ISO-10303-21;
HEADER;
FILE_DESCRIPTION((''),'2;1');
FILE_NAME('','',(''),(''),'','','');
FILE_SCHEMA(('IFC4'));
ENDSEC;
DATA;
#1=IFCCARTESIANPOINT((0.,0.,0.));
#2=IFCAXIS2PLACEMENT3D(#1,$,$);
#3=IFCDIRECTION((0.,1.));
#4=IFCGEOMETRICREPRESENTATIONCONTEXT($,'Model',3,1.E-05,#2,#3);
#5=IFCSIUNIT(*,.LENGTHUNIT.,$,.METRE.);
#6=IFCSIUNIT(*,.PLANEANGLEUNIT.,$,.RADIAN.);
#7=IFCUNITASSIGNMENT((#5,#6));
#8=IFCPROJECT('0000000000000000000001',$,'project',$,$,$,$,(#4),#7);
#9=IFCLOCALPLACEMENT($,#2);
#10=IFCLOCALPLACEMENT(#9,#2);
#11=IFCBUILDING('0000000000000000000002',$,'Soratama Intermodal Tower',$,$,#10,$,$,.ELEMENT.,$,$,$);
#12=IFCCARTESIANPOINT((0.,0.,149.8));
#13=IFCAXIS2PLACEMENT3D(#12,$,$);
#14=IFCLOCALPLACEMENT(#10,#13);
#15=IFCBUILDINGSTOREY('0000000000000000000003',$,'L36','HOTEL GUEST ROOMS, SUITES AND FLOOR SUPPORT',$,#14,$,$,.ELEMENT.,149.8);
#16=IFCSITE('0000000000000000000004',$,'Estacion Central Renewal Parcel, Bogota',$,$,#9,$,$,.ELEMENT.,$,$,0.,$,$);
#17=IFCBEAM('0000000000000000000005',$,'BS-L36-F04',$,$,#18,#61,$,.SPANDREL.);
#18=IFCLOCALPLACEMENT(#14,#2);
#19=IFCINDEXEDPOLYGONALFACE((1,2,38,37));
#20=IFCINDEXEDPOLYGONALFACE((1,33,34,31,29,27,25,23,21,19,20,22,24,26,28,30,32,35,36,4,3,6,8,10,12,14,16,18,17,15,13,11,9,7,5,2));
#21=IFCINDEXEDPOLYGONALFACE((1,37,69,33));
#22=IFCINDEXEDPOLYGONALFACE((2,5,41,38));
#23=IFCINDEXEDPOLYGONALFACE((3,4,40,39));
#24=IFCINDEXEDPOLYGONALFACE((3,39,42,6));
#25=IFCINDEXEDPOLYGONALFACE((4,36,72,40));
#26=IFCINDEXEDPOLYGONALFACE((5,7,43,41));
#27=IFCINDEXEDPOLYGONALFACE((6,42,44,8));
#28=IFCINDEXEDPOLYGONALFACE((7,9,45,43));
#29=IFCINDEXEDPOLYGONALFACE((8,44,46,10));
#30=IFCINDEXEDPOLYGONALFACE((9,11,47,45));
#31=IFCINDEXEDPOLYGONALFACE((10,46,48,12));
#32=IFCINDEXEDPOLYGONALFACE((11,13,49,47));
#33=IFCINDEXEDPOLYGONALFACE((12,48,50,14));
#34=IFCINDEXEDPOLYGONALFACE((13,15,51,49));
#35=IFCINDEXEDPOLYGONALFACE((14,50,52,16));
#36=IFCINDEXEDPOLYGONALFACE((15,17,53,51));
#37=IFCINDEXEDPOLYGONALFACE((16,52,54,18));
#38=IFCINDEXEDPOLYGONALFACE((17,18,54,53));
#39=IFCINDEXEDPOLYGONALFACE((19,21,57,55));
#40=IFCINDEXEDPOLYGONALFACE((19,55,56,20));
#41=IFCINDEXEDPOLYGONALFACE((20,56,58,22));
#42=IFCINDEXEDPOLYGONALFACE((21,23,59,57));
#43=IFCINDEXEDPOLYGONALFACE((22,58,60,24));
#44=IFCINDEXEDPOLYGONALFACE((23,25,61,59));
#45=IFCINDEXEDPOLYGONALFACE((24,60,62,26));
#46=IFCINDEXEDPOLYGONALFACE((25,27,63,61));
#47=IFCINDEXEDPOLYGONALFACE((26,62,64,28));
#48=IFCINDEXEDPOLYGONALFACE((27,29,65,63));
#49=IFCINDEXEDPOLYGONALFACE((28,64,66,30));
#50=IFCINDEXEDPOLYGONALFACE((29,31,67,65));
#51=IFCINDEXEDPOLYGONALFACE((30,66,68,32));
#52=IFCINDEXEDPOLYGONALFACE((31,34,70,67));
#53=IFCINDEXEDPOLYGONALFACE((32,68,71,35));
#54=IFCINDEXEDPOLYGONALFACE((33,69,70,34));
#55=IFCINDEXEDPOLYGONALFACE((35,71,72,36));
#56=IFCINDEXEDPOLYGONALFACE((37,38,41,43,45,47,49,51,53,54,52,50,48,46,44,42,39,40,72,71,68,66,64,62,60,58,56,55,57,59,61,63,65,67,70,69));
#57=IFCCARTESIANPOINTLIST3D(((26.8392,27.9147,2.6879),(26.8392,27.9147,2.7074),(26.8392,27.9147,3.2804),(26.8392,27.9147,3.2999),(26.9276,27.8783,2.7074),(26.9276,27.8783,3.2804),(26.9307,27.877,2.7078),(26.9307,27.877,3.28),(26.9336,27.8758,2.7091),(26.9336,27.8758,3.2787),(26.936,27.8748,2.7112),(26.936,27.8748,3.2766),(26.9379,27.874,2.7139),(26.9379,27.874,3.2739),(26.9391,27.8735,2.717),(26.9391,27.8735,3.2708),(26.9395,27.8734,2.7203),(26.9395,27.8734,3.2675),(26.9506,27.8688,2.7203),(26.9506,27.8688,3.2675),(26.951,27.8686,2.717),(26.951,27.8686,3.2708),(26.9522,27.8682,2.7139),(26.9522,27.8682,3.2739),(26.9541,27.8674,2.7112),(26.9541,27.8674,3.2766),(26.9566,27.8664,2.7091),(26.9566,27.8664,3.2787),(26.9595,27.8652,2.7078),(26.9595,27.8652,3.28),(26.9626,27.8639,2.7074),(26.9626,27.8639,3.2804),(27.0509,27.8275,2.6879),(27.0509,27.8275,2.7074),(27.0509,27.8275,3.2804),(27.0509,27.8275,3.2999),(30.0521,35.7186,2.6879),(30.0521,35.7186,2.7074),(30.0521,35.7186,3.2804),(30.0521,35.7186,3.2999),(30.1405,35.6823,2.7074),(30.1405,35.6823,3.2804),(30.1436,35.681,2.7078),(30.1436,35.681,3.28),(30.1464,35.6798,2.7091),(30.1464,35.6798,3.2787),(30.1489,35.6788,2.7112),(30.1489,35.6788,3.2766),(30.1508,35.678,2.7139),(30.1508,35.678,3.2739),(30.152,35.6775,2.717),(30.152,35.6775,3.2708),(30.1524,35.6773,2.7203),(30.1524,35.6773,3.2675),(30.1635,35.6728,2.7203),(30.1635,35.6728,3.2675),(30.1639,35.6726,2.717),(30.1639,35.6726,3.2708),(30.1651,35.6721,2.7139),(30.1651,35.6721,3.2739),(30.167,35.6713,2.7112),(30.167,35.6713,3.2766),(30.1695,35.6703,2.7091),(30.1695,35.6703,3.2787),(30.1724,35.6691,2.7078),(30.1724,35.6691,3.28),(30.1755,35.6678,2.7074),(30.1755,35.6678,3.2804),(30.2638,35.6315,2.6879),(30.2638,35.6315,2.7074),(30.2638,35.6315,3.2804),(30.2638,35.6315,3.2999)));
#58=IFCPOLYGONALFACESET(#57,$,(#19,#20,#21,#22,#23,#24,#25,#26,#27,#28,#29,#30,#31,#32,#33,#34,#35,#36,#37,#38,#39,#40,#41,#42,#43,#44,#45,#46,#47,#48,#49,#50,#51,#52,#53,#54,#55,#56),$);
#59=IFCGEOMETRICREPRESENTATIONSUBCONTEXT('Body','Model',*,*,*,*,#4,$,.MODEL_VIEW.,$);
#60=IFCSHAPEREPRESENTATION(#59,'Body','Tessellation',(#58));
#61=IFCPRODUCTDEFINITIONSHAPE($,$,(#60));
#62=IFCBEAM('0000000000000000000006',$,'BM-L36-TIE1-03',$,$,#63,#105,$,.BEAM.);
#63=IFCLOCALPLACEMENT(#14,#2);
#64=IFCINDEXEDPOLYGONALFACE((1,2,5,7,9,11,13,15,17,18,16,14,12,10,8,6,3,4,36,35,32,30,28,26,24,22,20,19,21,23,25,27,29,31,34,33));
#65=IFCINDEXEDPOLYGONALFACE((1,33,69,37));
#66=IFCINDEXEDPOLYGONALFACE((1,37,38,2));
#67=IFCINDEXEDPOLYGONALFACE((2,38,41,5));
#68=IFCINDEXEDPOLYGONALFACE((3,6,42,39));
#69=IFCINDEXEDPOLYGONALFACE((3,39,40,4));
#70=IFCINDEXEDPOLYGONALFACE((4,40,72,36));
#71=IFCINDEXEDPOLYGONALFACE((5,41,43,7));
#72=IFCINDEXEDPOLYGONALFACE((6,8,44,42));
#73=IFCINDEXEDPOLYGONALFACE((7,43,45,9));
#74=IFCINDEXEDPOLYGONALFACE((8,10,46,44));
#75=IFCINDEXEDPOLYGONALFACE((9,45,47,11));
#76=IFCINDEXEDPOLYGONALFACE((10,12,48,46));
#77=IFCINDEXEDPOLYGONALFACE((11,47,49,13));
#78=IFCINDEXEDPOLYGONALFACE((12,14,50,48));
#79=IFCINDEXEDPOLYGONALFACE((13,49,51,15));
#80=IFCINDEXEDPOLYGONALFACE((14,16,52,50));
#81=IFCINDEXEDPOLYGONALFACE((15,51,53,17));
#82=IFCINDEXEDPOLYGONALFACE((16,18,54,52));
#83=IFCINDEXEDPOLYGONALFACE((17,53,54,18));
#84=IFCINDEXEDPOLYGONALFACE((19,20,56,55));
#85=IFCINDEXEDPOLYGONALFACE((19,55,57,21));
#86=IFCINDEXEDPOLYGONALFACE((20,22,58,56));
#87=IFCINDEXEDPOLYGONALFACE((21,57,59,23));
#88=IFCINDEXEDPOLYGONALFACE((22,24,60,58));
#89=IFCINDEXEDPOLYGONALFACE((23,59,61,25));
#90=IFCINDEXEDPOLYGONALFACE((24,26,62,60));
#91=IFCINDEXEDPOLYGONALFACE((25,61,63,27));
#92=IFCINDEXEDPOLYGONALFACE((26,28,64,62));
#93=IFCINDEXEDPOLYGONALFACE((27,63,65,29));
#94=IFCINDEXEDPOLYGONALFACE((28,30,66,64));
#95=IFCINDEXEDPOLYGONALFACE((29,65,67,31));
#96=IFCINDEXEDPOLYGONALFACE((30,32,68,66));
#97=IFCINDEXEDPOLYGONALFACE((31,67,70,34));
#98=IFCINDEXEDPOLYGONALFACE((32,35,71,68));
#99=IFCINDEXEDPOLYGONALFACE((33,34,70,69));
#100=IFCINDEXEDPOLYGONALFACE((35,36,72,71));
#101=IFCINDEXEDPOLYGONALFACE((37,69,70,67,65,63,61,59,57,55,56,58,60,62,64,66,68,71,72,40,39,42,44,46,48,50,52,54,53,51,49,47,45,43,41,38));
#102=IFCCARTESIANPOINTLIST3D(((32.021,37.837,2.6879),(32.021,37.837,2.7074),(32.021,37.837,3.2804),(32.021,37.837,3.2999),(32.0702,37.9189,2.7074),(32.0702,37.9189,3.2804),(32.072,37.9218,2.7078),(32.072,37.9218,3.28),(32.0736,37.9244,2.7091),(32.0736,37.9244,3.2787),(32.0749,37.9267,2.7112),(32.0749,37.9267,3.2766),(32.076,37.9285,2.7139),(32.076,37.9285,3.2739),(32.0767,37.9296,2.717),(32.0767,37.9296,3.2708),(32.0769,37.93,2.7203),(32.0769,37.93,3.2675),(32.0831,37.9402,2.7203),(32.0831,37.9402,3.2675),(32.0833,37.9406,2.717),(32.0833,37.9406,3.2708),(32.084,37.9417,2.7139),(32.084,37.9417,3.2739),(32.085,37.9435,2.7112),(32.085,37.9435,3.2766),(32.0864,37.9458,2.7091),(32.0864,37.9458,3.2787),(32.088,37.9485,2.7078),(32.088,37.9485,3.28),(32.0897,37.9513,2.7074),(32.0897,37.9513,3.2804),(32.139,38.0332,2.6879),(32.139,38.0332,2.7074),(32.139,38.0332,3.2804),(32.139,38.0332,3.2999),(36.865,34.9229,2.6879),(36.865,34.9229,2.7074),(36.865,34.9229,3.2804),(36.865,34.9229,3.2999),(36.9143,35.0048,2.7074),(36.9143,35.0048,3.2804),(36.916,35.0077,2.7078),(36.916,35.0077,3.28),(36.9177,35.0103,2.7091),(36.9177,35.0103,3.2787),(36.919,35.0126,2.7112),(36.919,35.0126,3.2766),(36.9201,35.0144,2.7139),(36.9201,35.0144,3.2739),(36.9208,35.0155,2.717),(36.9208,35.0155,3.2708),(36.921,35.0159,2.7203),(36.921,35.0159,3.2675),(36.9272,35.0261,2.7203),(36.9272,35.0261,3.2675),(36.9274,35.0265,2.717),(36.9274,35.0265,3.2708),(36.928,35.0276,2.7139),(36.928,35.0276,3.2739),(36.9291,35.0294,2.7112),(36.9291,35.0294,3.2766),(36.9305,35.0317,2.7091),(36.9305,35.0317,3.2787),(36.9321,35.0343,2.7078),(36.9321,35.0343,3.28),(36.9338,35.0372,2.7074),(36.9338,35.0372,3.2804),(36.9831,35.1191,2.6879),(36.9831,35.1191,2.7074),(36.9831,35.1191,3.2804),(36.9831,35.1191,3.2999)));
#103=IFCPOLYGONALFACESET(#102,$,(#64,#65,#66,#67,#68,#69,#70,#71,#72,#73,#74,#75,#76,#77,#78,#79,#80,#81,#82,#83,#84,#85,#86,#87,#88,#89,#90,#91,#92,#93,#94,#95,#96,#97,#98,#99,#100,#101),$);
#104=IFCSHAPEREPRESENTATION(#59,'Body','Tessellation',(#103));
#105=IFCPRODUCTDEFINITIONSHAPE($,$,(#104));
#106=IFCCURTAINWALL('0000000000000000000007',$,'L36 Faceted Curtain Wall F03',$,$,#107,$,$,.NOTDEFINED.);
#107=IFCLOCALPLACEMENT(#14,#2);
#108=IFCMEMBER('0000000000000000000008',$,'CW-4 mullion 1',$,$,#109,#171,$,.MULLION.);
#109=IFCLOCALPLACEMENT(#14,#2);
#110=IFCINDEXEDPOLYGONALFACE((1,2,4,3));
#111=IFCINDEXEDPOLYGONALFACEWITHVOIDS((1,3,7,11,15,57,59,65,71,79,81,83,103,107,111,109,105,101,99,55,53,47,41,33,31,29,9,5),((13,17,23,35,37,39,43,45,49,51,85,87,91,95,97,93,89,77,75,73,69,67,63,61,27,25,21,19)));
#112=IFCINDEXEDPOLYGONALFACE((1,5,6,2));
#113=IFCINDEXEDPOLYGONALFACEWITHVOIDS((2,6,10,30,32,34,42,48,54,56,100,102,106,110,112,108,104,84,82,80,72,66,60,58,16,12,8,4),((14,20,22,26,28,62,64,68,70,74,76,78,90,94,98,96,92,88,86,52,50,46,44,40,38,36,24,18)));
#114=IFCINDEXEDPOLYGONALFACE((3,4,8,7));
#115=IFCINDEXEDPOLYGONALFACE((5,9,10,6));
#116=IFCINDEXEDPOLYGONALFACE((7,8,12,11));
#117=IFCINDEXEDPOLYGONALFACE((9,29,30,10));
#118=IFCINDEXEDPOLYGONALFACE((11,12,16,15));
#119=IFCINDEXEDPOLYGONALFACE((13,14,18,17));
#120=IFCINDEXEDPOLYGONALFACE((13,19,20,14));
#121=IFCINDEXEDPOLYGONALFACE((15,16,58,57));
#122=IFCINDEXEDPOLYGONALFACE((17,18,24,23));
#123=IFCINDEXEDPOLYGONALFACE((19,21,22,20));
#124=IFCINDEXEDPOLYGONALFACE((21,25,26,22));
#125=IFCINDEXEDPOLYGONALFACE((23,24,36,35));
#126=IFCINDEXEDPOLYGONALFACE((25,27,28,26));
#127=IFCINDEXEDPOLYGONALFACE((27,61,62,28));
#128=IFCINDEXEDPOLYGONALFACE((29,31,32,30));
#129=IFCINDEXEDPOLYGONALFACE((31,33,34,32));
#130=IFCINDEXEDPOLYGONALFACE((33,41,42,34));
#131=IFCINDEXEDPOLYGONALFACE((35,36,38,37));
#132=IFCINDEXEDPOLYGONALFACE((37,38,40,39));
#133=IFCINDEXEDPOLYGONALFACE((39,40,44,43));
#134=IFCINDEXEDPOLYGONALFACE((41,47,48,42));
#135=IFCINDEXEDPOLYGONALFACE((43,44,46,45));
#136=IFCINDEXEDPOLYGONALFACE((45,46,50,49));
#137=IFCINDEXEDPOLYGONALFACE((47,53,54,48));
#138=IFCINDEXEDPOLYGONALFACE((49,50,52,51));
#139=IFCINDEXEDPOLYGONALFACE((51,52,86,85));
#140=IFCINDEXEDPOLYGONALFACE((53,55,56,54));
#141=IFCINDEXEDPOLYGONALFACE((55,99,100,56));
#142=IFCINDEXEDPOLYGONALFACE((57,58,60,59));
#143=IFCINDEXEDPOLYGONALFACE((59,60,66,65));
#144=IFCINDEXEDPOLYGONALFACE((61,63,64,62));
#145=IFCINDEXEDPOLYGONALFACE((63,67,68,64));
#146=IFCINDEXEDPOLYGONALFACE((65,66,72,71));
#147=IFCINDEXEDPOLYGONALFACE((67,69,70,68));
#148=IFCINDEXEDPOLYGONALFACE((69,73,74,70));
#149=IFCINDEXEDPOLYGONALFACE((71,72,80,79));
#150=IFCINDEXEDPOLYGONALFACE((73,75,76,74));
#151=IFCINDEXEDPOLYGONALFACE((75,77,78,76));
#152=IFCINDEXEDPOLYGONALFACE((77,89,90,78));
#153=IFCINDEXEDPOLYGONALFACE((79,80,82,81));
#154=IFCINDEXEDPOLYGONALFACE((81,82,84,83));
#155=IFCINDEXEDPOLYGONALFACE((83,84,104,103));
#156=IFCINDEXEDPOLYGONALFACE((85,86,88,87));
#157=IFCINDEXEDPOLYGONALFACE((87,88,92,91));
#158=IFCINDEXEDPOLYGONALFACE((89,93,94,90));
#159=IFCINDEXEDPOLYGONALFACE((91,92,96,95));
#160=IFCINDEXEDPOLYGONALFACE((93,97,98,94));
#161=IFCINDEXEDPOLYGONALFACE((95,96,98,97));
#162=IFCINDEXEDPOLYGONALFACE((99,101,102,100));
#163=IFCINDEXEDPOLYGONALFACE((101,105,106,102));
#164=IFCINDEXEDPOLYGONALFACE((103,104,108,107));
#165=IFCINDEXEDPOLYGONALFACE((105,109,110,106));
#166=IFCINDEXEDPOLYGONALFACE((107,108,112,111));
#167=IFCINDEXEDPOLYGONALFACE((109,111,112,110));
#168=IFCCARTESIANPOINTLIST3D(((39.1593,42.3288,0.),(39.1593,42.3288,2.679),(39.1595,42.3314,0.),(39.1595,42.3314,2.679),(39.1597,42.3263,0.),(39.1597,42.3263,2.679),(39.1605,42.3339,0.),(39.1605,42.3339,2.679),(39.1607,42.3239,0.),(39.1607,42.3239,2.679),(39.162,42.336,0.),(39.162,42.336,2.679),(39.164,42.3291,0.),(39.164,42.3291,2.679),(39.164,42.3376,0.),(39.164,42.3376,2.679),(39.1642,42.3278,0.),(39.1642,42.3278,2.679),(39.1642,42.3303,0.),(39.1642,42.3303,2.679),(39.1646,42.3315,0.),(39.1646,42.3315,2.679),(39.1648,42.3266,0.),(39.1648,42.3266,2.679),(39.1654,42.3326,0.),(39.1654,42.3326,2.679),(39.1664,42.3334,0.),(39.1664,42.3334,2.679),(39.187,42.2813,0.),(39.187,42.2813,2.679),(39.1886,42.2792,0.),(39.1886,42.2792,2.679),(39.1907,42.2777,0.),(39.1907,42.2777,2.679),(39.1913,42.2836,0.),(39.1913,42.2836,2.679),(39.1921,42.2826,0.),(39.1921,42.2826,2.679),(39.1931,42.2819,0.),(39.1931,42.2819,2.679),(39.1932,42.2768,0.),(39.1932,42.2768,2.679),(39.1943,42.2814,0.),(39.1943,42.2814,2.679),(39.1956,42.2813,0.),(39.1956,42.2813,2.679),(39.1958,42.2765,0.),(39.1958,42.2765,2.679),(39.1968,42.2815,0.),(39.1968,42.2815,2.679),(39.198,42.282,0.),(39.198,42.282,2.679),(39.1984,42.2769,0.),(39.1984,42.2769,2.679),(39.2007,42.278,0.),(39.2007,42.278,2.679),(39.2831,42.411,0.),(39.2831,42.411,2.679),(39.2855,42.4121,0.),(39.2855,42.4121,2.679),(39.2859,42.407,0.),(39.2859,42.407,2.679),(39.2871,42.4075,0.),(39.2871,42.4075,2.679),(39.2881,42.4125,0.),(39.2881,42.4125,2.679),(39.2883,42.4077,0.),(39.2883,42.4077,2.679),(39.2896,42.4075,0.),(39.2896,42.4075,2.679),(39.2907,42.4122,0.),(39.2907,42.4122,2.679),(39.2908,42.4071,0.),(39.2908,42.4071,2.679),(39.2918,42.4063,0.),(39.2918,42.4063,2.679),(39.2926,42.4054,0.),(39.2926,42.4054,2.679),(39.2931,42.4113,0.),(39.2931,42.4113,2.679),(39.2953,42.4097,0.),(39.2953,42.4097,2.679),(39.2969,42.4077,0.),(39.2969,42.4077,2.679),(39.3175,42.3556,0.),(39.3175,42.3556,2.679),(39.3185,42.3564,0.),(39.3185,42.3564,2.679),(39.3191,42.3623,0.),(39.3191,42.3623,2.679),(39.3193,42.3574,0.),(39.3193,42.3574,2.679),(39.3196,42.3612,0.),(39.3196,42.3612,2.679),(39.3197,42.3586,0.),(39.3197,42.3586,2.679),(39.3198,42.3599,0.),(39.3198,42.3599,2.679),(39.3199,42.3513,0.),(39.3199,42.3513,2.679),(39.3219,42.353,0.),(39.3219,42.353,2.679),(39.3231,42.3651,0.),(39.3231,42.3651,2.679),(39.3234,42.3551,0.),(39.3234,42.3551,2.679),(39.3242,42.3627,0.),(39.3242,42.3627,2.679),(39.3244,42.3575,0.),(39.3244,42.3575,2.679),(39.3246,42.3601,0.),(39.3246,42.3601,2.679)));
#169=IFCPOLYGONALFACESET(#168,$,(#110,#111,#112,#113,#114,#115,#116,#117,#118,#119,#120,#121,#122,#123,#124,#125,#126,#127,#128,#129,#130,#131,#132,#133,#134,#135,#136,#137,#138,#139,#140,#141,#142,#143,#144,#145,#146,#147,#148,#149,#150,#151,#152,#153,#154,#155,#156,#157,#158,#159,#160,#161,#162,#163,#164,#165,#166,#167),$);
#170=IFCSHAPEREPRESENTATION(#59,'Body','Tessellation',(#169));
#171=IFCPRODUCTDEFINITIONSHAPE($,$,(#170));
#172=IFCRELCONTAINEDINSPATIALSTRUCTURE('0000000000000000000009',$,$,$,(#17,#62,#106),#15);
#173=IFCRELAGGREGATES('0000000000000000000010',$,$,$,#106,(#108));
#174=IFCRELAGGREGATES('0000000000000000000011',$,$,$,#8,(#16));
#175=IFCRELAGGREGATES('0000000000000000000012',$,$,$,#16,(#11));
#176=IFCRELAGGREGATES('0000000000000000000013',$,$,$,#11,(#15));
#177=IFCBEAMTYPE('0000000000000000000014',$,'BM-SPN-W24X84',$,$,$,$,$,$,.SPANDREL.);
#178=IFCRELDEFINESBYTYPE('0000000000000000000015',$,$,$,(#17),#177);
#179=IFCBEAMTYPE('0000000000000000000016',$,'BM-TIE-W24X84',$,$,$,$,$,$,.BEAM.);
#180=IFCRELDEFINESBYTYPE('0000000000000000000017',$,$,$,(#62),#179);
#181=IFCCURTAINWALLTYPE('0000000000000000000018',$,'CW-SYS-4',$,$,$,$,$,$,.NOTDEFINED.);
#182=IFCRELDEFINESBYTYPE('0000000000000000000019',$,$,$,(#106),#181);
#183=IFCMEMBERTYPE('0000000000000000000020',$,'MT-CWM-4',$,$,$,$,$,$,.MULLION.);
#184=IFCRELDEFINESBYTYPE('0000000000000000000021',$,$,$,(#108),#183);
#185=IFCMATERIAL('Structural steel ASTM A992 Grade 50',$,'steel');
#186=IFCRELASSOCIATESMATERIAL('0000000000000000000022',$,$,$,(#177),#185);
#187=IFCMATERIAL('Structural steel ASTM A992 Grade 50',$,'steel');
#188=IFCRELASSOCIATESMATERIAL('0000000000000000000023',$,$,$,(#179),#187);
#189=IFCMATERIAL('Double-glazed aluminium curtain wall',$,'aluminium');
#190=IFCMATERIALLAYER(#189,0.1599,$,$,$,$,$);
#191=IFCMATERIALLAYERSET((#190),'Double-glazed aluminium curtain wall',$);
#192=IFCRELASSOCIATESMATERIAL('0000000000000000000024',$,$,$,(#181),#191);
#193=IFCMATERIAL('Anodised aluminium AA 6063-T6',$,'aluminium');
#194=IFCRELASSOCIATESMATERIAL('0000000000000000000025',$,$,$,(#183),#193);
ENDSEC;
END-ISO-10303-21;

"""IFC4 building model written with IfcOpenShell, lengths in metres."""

from ifc_helpers import new_model, si_unit, direction, frame, origin, origin_2d, place, context, subcontext, project, spatial, hollow_rectangle, i_section, extrude, material, layer, layer_set, material_profile, profile_set, type_object, element, aggregate, save


model = new_model("IFC4")

# Units and contexts
model_context = context("Model", 3, precision=1e-05, world=origin(), true_north=direction((0.0, 1.0)))
body_context = subcontext(model_context, "Body", "Model", "MODEL_VIEW")
ifc_project = project(units=[si_unit("LENGTHUNIT", "METRE"), si_unit("PLANEANGLEUNIT", "RADIAN")], contexts=[model_context])

# Site, building, storey
site_placement = place(None, origin())
site = spatial("IfcSite", under=ifc_project, at=site_placement, Name="Estacion Central Renewal Parcel, Bogota", CompositionType="ELEMENT", RefElevation=0.0)
building_placement = place(site_placement, origin())
building = spatial("IfcBuilding", under=site, at=building_placement, Name="Soratama Intermodal Tower", CompositionType="ELEMENT")
storey_placement = place(building_placement, frame((0.0, 0.0, 149.8)))
storey = spatial("IfcBuildingStorey", under=building, at=storey_placement, Name="L36", Description="HOTEL GUEST ROOMS, SUITES AND FLOOR SUPPORT", CompositionType="ELEMENT", Elevation=149.8)

# Beams
ifc_material_1 = material(Name="Structural steel ASTM A992 Grade 50", Category="steel")
ifc_material_profile_1 = material_profile(ifc_material_1, i_section(OverallWidth=0.229, OverallDepth=0.6121, WebThickness=0.012, FlangeThickness=0.0195, FilletRadius=0.0129, at=origin_2d()), Name="W24X84")
ifc_profile_set_1 = profile_set([ifc_material_profile_1], Name="Structural steel ASTM A992 Grade 50")
beam_type_1 = type_object("IfcBeamType", Name="BM-SPN-W24X84", PredefinedType="SPANDREL", material=ifc_profile_set_1)
beam_1_placement = place(storey_placement, frame((30.158, 35.675, 2.9939), z_axis=(-0.380699, -0.924699, 0.0), x_axis=(0.924699, -0.380699, 0.0)))
element("IfcBeam", 1, at=beam_1_placement, inside=storey, type_object=beam_type_1, Name="BS-L36-F04", PredefinedType="SPANDREL", context=body_context, shape_type="SweptSolid", body=[
    extrude(i_section(OverallWidth=0.229, OverallDepth=0.6121, WebThickness=0.012, FlangeThickness=0.0195, FilletRadius=0.0129, at=origin_2d()), origin(), (0.0, 0.0, 1.0), 8.4395),
])
ifc_material_2 = material(Name="Structural steel ASTM A992 Grade 50", Category="steel")
ifc_material_profile_2 = material_profile(ifc_material_2, i_section(OverallWidth=0.229, OverallDepth=0.6121, WebThickness=0.012, FlangeThickness=0.0195, FilletRadius=0.0129, at=origin_2d()), Name="W24X84")
ifc_profile_set_2 = profile_set([ifc_material_profile_2], Name="Structural steel ASTM A992 Grade 50")
beam_type_2 = type_object("IfcBeamType", Name="BM-TIE-W24X84", PredefinedType="BEAM", material=ifc_profile_set_2)
beam_2_placement = place(storey_placement, frame((36.9241, 35.021, 2.9939), z_axis=(-0.856894, 0.515493, 0.0), x_axis=(-0.515493, -0.856894, 0.0)))
element("IfcBeam", 2, at=beam_2_placement, inside=storey, type_object=beam_type_2, Name="BM-L36-TIE1-03", PredefinedType="BEAM", context=body_context, shape_type="SweptSolid", body=[
    extrude(i_section(OverallWidth=0.229, OverallDepth=0.6121, WebThickness=0.012, FlangeThickness=0.0195, FilletRadius=0.0129, at=origin_2d()), origin(), (0.0, 0.0, 1.0), 5.6531),
])

# Curtain wall, member
ifc_material_3 = material(Name="Double-glazed aluminium curtain wall", Category="aluminium")
ifc_layer_1 = layer(ifc_material_3, 0.1599)
ifc_layer_set_1 = layer_set([ifc_layer_1], Name="Double-glazed aluminium curtain wall")
curtain_wall_type = type_object("IfcCurtainWallType", Name="CW-SYS-4", PredefinedType="NOTDEFINED", material=ifc_layer_set_1)
curtain_wall_1_placement = place(storey_placement, origin())
curtain_wall_1 = element("IfcCurtainWall", 3, at=curtain_wall_1_placement, inside=storey, type_object=curtain_wall_type, Name="L36 Faceted Curtain Wall F03", PredefinedType="NOTDEFINED")
ifc_material_4 = material(Name="Anodised aluminium AA 6063-T6", Category="aluminium")
ifc_material_profile_3 = material_profile(ifc_material_4, hollow_rectangle(XDim=0.0701, YDim=0.1599, WallThickness=0.0049, InnerFilletRadius=0.0049, OuterFilletRadius=0.01, at=origin_2d()), Name="CWM160X70X5")
ifc_profile_set_3 = profile_set([ifc_material_profile_3], Name="Anodised aluminium AA 6063-T6")
member_type_1 = type_object("IfcMemberType", Name="MT-CWM-4", PredefinedType="MULLION", material=ifc_profile_set_3)
member_1_placement = place(storey_placement, frame((39.2419, 42.3445, 0.0), z_axis=(0.0, 0.0, 1.0), x_axis=(0.524277, -0.851548, 0.0)))
member_1 = element("IfcMember", 4, at=member_1_placement, type_object=member_type_1, Name="CW-4 mullion 1", PredefinedType="MULLION", context=body_context, shape_type="SweptSolid", body=[
    extrude(hollow_rectangle(XDim=0.0701, YDim=0.1599, WallThickness=0.0049, InnerFilletRadius=0.0049, OuterFilletRadius=0.01, at=origin_2d()), origin(), (0.0, 0.0, 1.0), 2.679),
])

aggregate(curtain_wall_1, [member_1])

save(model, "model.ifc")
